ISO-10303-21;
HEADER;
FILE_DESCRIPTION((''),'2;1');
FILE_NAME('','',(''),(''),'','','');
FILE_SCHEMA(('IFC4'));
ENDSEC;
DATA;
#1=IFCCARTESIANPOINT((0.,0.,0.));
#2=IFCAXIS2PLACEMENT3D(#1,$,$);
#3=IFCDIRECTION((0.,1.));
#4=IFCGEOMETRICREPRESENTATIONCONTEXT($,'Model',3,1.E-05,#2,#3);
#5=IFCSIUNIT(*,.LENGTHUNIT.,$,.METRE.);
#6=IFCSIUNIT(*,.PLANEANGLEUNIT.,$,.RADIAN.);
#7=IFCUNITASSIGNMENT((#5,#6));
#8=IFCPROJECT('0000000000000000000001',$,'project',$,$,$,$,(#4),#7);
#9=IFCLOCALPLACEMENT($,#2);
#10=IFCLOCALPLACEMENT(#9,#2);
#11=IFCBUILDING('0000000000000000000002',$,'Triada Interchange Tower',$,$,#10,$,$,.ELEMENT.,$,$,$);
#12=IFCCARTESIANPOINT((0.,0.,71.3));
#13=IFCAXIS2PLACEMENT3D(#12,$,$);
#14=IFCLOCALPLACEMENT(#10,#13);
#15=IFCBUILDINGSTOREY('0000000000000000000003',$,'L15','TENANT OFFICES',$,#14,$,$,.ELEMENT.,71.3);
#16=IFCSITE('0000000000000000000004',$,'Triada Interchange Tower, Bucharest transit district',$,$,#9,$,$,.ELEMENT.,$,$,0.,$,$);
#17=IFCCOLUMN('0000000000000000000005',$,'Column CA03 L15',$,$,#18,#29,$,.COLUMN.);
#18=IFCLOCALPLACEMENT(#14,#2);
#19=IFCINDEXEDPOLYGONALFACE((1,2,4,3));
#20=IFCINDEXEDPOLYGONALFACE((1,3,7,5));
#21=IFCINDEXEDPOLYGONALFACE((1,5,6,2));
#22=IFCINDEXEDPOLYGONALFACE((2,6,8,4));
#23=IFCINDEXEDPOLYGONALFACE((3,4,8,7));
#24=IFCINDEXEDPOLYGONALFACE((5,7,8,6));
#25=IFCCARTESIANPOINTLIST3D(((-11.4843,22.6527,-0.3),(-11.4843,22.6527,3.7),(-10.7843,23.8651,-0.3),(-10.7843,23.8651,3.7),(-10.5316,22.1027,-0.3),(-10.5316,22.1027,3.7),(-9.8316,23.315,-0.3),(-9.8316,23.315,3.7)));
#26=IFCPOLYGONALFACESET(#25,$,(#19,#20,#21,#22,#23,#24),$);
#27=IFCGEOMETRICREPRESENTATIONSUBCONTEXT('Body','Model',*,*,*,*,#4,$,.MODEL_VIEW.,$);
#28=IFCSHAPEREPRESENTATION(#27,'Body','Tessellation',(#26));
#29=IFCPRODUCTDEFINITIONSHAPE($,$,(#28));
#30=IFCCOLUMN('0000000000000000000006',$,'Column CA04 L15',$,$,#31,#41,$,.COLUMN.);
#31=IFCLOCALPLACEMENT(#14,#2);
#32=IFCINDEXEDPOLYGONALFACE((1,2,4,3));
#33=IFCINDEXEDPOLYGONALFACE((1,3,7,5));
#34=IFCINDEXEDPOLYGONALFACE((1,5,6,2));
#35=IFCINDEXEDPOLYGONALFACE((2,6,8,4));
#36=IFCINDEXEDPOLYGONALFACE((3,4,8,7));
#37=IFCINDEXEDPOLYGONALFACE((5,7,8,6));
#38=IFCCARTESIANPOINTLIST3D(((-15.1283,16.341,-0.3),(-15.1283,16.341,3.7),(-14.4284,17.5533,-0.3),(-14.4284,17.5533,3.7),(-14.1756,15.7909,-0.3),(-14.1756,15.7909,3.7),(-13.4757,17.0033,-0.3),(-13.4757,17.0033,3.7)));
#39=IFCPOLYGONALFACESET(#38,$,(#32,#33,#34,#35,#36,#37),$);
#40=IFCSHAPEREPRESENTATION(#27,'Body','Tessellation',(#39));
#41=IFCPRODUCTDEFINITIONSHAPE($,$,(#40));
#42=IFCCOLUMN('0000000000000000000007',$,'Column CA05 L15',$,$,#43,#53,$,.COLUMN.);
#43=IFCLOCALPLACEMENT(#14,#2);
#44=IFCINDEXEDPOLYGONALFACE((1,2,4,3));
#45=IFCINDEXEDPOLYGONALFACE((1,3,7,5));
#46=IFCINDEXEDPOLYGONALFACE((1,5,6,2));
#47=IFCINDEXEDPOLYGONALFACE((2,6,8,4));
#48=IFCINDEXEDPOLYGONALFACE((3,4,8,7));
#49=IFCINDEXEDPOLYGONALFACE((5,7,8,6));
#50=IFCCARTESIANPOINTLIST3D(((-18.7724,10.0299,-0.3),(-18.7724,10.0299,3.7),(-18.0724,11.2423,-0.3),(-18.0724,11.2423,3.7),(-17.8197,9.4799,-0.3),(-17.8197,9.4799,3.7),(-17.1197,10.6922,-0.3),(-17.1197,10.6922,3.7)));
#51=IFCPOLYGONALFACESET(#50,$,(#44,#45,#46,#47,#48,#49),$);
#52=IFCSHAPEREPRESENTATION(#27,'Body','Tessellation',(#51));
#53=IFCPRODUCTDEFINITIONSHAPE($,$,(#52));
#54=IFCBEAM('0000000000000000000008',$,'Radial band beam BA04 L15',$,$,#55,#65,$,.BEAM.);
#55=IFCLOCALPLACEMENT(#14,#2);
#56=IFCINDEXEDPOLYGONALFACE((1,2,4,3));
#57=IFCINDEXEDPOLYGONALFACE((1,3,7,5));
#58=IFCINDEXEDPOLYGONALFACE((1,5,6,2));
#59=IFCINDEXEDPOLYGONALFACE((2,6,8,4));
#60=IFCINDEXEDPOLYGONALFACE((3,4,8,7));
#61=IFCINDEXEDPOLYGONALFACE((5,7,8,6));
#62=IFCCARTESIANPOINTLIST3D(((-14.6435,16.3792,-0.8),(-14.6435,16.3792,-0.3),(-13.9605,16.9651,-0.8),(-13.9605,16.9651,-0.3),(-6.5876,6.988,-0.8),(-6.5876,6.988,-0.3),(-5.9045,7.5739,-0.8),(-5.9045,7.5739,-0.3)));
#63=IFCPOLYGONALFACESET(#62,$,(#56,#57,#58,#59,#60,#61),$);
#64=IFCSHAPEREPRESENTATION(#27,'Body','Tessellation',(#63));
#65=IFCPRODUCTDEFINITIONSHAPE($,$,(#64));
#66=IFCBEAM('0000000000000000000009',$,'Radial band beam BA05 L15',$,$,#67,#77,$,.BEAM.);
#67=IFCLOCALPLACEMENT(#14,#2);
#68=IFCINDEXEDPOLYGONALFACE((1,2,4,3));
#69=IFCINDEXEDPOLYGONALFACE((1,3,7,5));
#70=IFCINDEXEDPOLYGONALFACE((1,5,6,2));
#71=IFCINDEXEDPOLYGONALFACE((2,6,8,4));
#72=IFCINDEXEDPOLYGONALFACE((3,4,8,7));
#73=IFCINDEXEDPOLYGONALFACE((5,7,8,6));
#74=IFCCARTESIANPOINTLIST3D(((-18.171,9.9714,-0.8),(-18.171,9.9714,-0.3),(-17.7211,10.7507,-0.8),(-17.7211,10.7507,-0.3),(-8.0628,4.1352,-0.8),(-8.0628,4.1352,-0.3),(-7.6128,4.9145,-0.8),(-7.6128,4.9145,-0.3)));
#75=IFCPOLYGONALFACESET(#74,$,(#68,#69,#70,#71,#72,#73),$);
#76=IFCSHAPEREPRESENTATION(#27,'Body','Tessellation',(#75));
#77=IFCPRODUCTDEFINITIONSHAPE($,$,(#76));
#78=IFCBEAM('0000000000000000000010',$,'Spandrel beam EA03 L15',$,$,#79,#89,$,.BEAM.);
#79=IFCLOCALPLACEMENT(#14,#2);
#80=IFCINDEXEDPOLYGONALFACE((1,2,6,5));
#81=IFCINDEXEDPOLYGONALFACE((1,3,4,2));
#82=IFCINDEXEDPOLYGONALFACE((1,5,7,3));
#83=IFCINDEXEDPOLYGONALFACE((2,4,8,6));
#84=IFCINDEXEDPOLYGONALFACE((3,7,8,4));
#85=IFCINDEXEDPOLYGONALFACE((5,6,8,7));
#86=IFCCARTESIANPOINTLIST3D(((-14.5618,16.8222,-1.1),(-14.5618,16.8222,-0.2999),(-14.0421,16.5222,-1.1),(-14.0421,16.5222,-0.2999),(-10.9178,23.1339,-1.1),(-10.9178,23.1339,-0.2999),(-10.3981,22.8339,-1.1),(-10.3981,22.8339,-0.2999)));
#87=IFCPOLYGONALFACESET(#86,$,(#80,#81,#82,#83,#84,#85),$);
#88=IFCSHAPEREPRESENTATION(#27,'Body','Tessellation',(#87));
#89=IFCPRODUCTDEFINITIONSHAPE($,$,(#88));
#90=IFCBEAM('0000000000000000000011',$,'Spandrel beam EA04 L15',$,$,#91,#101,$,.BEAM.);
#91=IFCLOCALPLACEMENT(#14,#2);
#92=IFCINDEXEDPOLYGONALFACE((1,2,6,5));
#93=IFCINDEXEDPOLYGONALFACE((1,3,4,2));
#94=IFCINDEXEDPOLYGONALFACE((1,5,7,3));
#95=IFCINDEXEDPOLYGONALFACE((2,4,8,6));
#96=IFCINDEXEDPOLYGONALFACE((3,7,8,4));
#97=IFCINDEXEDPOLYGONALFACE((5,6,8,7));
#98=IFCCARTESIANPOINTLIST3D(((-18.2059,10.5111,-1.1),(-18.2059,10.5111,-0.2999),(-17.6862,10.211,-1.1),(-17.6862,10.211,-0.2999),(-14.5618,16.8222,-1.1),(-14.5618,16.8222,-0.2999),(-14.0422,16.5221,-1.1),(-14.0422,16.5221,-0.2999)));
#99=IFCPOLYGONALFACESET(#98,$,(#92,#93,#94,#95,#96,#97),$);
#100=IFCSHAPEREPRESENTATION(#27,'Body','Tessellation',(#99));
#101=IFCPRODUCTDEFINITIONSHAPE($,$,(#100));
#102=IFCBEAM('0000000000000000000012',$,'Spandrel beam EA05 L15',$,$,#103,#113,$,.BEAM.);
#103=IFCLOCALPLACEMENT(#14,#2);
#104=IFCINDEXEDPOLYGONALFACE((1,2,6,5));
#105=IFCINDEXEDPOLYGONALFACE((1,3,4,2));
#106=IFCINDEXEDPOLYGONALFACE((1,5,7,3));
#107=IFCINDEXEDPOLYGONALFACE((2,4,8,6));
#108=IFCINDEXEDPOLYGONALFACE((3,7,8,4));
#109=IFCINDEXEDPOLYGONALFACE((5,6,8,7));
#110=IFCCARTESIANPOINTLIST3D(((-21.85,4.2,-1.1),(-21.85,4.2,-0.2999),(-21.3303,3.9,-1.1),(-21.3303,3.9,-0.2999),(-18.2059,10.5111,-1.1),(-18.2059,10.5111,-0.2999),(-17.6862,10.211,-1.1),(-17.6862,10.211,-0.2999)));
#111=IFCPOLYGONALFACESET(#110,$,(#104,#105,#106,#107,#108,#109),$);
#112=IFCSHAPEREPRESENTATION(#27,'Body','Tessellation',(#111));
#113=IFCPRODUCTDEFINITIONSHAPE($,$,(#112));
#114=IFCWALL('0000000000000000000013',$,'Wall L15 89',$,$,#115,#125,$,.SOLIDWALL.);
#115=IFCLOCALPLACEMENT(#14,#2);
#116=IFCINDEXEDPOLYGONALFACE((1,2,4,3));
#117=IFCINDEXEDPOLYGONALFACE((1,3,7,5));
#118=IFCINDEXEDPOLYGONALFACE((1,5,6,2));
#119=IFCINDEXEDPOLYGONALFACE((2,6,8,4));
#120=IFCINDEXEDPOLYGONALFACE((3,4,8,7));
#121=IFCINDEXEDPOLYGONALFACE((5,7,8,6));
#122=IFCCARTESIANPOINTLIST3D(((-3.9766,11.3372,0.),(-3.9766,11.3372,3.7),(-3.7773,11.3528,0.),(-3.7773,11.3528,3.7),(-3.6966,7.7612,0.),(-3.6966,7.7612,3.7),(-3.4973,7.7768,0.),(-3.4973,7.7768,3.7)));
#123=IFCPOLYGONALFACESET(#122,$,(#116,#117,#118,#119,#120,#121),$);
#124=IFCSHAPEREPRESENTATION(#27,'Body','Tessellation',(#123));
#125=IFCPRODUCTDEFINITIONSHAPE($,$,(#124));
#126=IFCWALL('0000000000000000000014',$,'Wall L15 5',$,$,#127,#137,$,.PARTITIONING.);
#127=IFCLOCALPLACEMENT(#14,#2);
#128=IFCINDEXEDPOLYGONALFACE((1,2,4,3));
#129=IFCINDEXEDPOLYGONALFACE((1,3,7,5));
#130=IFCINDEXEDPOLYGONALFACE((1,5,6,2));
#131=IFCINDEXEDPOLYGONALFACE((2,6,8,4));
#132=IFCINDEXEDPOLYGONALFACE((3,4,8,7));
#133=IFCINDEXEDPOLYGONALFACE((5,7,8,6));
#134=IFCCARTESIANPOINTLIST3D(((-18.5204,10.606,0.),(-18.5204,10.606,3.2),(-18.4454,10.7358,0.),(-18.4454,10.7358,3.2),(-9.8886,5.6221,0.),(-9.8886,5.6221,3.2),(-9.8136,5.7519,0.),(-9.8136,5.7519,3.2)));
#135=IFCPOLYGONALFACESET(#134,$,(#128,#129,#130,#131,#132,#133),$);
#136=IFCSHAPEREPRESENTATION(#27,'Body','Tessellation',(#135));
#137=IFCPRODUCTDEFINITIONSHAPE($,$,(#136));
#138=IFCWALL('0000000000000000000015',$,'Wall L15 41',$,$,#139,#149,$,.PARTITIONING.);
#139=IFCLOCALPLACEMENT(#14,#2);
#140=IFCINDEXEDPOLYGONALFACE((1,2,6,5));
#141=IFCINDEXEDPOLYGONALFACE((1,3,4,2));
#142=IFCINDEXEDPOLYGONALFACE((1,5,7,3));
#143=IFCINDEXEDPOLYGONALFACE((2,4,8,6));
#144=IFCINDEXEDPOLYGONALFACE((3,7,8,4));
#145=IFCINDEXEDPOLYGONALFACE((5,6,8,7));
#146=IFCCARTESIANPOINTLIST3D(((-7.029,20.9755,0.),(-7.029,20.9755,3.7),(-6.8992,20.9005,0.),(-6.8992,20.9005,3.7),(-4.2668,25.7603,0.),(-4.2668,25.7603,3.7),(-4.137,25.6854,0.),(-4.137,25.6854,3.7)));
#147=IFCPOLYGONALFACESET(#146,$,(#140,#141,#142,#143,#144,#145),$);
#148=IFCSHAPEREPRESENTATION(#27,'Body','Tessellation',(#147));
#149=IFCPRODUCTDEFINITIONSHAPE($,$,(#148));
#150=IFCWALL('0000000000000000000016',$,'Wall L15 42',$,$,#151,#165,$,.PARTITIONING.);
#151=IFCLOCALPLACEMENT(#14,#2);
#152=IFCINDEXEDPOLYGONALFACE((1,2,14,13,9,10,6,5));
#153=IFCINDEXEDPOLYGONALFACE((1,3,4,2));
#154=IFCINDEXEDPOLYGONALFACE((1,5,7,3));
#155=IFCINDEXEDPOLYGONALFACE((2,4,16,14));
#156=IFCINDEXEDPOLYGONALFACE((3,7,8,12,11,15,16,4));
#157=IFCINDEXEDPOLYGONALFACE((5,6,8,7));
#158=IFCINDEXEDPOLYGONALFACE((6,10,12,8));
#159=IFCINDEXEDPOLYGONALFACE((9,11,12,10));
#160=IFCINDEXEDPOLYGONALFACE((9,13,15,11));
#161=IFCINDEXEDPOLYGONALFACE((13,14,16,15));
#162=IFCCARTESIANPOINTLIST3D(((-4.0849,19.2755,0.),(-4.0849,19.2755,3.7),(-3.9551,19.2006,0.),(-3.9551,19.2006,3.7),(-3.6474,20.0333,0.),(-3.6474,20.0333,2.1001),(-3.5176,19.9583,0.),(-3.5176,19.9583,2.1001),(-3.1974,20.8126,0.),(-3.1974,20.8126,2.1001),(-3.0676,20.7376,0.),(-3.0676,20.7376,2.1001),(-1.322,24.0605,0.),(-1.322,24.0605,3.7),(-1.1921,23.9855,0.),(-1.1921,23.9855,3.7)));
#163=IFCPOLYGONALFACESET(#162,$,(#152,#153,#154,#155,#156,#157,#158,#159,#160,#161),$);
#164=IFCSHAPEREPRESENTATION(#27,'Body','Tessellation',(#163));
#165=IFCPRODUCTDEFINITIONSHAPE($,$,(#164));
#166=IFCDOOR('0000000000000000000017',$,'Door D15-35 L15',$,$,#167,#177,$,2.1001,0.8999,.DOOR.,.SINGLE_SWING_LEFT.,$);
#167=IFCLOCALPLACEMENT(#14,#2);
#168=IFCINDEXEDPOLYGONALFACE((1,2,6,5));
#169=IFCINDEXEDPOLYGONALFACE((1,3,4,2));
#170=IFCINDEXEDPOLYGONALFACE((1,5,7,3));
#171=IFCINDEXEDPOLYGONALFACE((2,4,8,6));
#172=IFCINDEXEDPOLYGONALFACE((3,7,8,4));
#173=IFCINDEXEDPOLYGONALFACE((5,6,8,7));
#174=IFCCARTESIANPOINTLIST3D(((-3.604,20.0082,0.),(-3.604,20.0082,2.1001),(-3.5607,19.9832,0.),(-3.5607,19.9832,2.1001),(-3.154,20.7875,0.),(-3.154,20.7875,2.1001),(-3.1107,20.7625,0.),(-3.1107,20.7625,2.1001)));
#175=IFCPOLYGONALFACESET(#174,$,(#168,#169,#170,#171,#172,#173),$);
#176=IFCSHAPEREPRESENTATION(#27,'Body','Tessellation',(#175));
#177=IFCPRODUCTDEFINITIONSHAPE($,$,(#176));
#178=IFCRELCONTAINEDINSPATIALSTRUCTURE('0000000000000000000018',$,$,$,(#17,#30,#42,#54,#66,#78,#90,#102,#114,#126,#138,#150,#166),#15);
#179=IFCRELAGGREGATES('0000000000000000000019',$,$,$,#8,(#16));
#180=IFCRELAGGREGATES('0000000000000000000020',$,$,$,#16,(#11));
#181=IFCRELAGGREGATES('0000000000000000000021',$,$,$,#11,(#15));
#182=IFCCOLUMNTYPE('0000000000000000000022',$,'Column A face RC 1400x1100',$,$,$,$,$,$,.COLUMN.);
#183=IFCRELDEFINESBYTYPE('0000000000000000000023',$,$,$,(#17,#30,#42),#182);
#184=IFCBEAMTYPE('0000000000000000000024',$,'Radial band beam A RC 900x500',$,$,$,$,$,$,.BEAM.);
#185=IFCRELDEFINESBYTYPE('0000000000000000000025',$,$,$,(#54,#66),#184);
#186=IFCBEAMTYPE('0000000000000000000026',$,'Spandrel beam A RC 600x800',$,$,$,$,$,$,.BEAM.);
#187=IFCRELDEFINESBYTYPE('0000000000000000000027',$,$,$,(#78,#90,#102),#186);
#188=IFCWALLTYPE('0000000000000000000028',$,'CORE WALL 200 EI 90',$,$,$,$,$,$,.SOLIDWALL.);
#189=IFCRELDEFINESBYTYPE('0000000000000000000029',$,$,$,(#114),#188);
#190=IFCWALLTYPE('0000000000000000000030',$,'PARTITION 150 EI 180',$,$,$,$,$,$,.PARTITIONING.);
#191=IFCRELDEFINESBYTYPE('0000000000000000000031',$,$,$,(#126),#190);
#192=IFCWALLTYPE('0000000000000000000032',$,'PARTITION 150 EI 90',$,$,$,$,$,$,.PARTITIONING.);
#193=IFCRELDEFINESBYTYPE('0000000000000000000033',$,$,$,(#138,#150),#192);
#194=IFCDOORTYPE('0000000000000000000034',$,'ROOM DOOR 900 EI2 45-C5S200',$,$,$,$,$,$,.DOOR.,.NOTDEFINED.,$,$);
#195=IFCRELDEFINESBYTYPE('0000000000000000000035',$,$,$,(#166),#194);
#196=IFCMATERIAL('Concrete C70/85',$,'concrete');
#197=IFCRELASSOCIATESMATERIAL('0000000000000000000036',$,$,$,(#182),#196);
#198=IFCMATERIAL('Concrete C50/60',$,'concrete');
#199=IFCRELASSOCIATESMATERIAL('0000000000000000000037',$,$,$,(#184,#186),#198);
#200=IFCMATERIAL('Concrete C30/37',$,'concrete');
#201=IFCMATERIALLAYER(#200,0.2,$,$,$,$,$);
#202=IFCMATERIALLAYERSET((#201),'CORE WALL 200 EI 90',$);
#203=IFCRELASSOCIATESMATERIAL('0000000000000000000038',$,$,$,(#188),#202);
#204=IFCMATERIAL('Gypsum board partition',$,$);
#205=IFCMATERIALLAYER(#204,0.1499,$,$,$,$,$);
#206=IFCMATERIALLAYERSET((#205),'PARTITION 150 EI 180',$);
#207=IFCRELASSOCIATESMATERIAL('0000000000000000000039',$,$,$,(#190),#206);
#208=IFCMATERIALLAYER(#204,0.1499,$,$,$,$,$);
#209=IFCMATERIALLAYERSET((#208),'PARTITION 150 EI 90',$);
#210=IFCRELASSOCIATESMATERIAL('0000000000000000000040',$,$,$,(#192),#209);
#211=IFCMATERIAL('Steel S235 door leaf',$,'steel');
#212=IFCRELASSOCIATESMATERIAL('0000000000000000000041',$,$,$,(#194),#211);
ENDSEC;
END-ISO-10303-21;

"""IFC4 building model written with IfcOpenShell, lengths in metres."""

from ifc_helpers import new_model, si_unit, direction, frame, frame_2d, origin, origin_2d, place, context, subcontext, project, spatial, rectangle, extrude, material, layer, layer_set, material_profile, profile_set, type_object, element, fill, save


model = new_model("IFC4")

# Units and contexts
model_context = context("Model", 3, precision=1e-05, world=origin(), true_north=direction((0.0, 1.0)))
body_context = subcontext(model_context, "Body", "Model", "MODEL_VIEW")
ifc_project = project(units=[si_unit("LENGTHUNIT", "METRE"), si_unit("PLANEANGLEUNIT", "RADIAN")], contexts=[model_context])

# Site, building, storey
site_placement = place(None, origin())
site = spatial("IfcSite", under=ifc_project, at=site_placement, Name="Triada Interchange Tower, Bucharest transit district", CompositionType="ELEMENT", RefElevation=0.0)
building_placement = place(site_placement, origin())
building = spatial("IfcBuilding", under=site, at=building_placement, Name="Triada Interchange Tower", CompositionType="ELEMENT")
storey_placement = place(building_placement, frame((0.0, 0.0, 71.3)))
storey = spatial("IfcBuildingStorey", under=building, at=storey_placement, Name="L15", Description="TENANT OFFICES", CompositionType="ELEMENT", Elevation=71.3)

# Columns
ifc_material_1 = material(Name="Concrete C70/85", Category="concrete")
ifc_material_profile_1 = material_profile(ifc_material_1, rectangle(XDim=1.3999, YDim=1.1001, at=origin_2d()), Name="RC 1400x1100")
ifc_profile_set_1 = profile_set([ifc_material_profile_1], Name="Concrete C70/85")
column_type = type_object("IfcColumnType", Name="Column A face RC 1400x1100", PredefinedType="COLUMN", material=ifc_profile_set_1)
for number, where, z_axis, x_axis, name in (
    (1, (-10.658, 22.9839, -0.3), (0.0, 0.0, 1.0), (0.5, 0.866025, 0.0), "Column CA03 L15"),
    (2, (-14.302, 16.6721, -0.3), (0.0, 0.0, 1.0), (0.5, 0.866025, 0.0), "Column CA04 L15"),
    (3, (-17.946, 10.3611, -0.3), (0.0, 0.0, 1.0), (0.5, 0.866025, 0.0), "Column CA05 L15"),
):
    element("IfcColumn", number, at=place(storey_placement, frame(where, z_axis=z_axis, x_axis=x_axis)), inside=storey, type_object=column_type, Name=name, PredefinedType="COLUMN", context=body_context, shape_type="SweptSolid", body=[
        extrude(rectangle(XDim=1.3999, YDim=1.1001, at=origin_2d()), origin(), (0.0, 0.0, 1.0), 4.0),
    ])

# Beams
ifc_material_2 = material(Name="Concrete C50/60", Category="concrete")
ifc_material_profile_2 = material_profile(ifc_material_2, rectangle(XDim=0.8999, YDim=0.5, at=origin_2d()), Name="RC 900x500")
ifc_profile_set_2 = profile_set([ifc_material_profile_2], Name="Concrete C50/60")
beam_type_1 = type_object("IfcBeamType", Name="Radial band beam A RC 900x500", PredefinedType="BEAM", material=ifc_profile_set_2)
beam_1_placement = place(storey_placement, frame((-14.302, 16.6721, -0.55), z_axis=(0.651089, -0.759002, 0.0), x_axis=(0.759002, 0.651089, 0.0)))
element("IfcBeam", 4, at=beam_1_placement, inside=storey, type_object=beam_type_1, Name="Radial band beam BA04 L15", PredefinedType="BEAM", context=body_context, shape_type="SweptSolid", body=[
    extrude(rectangle(XDim=0.8999, YDim=0.5, at=origin_2d()), origin(), (0.0, 0.0, 1.0), 12.373),
])
beam_2_placement = place(storey_placement, frame((-17.946, 10.3611, -0.55), z_axis=(0.866017, -0.500015, 0.0), x_axis=(0.500015, 0.866017, 0.0)))
element("IfcBeam", 5, at=beam_2_placement, inside=storey, type_object=beam_type_1, Name="Radial band beam BA05 L15", PredefinedType="BEAM", context=body_context, shape_type="SweptSolid", body=[
    extrude(rectangle(XDim=0.8999, YDim=0.5, at=origin_2d()), origin(), (0.0, 0.0, 1.0), 11.6721),
])
ifc_material_profile_3 = material_profile(ifc_material_2, rectangle(XDim=0.6001, YDim=0.8, at=origin_2d()), Name="RC 600x800")
ifc_profile_set_3 = profile_set([ifc_material_profile_3], Name="Concrete C50/60")
beam_type_2 = type_object("IfcBeamType", Name="Spandrel beam A RC 600x800", PredefinedType="BEAM", material=ifc_profile_set_3)
beam_3_placement = place(storey_placement, frame((-10.658, 22.9839, -0.7), z_axis=(-0.499994, -0.866029, 0.0), x_axis=(0.866029, -0.499994, 0.0)))
element("IfcBeam", 6, at=beam_3_placement, inside=storey, type_object=beam_type_2, Name="Spandrel beam EA03 L15", PredefinedType="BEAM", context=body_context, shape_type="SweptSolid", body=[
    extrude(rectangle(XDim=0.6001, YDim=0.8, at=origin_2d()), origin(), (0.0, 0.0, 1.0), 7.2881),
])
for number, where, z_axis, x_axis, name in (
    (7, (-14.302, 16.6721, -0.7), (-0.500038, -0.866004, 0.0), (0.866004, -0.500038, 0.0), "Spandrel beam EA04 L15"),
    (8, (-17.946, 10.3611, -0.7), (-0.500038, -0.866004, 0.0), (0.866004, -0.500038, 0.0), "Spandrel beam EA05 L15"),
):
    element("IfcBeam", number, at=place(storey_placement, frame(where, z_axis=z_axis, x_axis=x_axis)), inside=storey, type_object=beam_type_2, Name=name, PredefinedType="BEAM", context=body_context, shape_type="SweptSolid", body=[
        extrude(rectangle(XDim=0.6001, YDim=0.8, at=origin_2d()), origin(), (0.0, 0.0, 1.0), 7.2876),
    ])

# Wall
ifc_material_3 = material(Name="Concrete C30/37", Category="concrete")
ifc_layer_1 = layer(ifc_material_3, 0.2)
ifc_layer_set_1 = layer_set([ifc_layer_1], Name="CORE WALL 200 EI 90")
wall_type_1 = type_object("IfcWallType", Name="CORE WALL 200 EI 90", PredefinedType="SOLIDWALL", material=ifc_layer_set_1)
wall_1_placement = place(storey_placement, frame((-3.877, 11.345, 0.0), z_axis=(0.0, 0.0, 1.0), x_axis=(0.078071, -0.996948, 0.0)))
element("IfcWall", 9, at=wall_1_placement, inside=storey, type_object=wall_type_1, Name="Wall L15 89", PredefinedType="SOLIDWALL", context=body_context, shape_type="SweptSolid", body=[
    extrude(rectangle(XDim=3.5869, YDim=0.2, at=frame_2d((1.7935, 0.0))), origin(), (0.0, 0.0, 1.0), 3.7),
])

# Shared definitions
ifc_material_4 = material(Name="Steel S235 door leaf", Category="steel")

# Walls
ifc_material_5 = material(Name="Gypsum board partition")
ifc_layer_2 = layer(ifc_material_5, 0.1499)
ifc_layer_set_2 = layer_set([ifc_layer_2], Name="PARTITION 150 EI 180")
wall_type_2 = type_object("IfcWallType", Name="PARTITION 150 EI 180", PredefinedType="PARTITIONING", material=ifc_layer_set_2)
wall_2_placement = place(storey_placement, frame((-18.4829, 10.6709, 0.0), z_axis=(0.0, 0.0, 1.0), x_axis=(0.866013, -0.500022, 0.0)))
element("IfcWall", 10, at=wall_2_placement, inside=storey, type_object=wall_type_2, Name="Wall L15 5", PredefinedType="PARTITIONING", context=body_context, shape_type="SweptSolid", body=[
    extrude(rectangle(XDim=9.9673, YDim=0.1499, at=frame_2d((4.9836, 0.0))), origin(), (0.0, 0.0, 1.0), 3.2),
])
ifc_layer_3 = layer(ifc_material_5, 0.1499)
ifc_layer_set_3 = layer_set([ifc_layer_3], Name="PARTITION 150 EI 90")
wall_type_3 = type_object("IfcWallType", Name="PARTITION 150 EI 90", PredefinedType="PARTITIONING", material=ifc_layer_set_3)
wall_3_placement = place(storey_placement, frame((-6.9641, 20.938, 0.0), z_axis=(0.0, 0.0, 1.0), x_axis=(0.499951, 0.866054, 0.0)))
element("IfcWall", 11, at=wall_3_placement, inside=storey, type_object=wall_type_3, Name="Wall L15 41", PredefinedType="PARTITIONING", context=body_context, shape_type="SweptSolid", body=[
    extrude(rectangle(XDim=5.5249, YDim=0.1499, at=frame_2d((2.7625, 0.0))), origin(), (0.0, 0.0, 1.0), 3.7),
])

# Wall, opening, door
wall_4_placement = place(storey_placement, frame((-4.02, 19.238, 0.0), z_axis=(0.0, 0.0, 1.0), x_axis=(0.50005, 0.865996, 0.0)))
wall_4 = element("IfcWall", 12, at=wall_4_placement, inside=storey, type_object=wall_type_3, Name="Wall L15 42", PredefinedType="PARTITIONING", context=body_context, shape_type="SweptSolid", body=[
    extrude(rectangle(XDim=5.5254, YDim=0.1499, at=frame_2d((2.7627, 0.0))), origin(), (0.0, 0.0, 1.0), 3.7),
])
opening_1_placement = place(wall_4_placement, frame((0.875, 0.0, 0.0)))
opening_1 = element("IfcOpeningElement", 13, at=opening_1_placement, cuts=wall_4, PredefinedType="OPENING", context=body_context, shape_type="SweptSolid", body=[
    extrude(rectangle(XDim=0.8999, YDim=2.1001, at=frame_2d((0.45, 1.05))), frame((0.0, 0.085, 0.0), z_axis=(0.0, -1.0, 0.0), x_axis=(1.0, 0.0, 0.0)), (0.0, 0.0, 1.0), 0.1699),
])
door_type_1 = type_object("IfcDoorType", Name="ROOM DOOR 900 EI2 45-C5S200", OperationType="NOTDEFINED", PredefinedType="DOOR", material=ifc_material_4)
door_1_placement = place(opening_1_placement, origin())
door_1 = element("IfcDoor", 14, at=door_1_placement, inside=storey, type_object=door_type_1, Name="Door D15-35 L15", OperationType="SINGLE_SWING_LEFT", OverallHeight=2.1001, OverallWidth=0.8999, PredefinedType="DOOR", context=body_context, shape_type="SweptSolid", body=[
    extrude(rectangle(XDim=0.8999, YDim=2.1001, at=frame_2d((0.45, 1.05))), frame((0.0, 0.0249, 0.0), z_axis=(0.0, -1.0, 0.0), x_axis=(1.0, 0.0, 0.0)), (0.0, 0.0, 1.0), 0.05),
])
fill(opening_1, door_1)

save(model, "model.ifc")
